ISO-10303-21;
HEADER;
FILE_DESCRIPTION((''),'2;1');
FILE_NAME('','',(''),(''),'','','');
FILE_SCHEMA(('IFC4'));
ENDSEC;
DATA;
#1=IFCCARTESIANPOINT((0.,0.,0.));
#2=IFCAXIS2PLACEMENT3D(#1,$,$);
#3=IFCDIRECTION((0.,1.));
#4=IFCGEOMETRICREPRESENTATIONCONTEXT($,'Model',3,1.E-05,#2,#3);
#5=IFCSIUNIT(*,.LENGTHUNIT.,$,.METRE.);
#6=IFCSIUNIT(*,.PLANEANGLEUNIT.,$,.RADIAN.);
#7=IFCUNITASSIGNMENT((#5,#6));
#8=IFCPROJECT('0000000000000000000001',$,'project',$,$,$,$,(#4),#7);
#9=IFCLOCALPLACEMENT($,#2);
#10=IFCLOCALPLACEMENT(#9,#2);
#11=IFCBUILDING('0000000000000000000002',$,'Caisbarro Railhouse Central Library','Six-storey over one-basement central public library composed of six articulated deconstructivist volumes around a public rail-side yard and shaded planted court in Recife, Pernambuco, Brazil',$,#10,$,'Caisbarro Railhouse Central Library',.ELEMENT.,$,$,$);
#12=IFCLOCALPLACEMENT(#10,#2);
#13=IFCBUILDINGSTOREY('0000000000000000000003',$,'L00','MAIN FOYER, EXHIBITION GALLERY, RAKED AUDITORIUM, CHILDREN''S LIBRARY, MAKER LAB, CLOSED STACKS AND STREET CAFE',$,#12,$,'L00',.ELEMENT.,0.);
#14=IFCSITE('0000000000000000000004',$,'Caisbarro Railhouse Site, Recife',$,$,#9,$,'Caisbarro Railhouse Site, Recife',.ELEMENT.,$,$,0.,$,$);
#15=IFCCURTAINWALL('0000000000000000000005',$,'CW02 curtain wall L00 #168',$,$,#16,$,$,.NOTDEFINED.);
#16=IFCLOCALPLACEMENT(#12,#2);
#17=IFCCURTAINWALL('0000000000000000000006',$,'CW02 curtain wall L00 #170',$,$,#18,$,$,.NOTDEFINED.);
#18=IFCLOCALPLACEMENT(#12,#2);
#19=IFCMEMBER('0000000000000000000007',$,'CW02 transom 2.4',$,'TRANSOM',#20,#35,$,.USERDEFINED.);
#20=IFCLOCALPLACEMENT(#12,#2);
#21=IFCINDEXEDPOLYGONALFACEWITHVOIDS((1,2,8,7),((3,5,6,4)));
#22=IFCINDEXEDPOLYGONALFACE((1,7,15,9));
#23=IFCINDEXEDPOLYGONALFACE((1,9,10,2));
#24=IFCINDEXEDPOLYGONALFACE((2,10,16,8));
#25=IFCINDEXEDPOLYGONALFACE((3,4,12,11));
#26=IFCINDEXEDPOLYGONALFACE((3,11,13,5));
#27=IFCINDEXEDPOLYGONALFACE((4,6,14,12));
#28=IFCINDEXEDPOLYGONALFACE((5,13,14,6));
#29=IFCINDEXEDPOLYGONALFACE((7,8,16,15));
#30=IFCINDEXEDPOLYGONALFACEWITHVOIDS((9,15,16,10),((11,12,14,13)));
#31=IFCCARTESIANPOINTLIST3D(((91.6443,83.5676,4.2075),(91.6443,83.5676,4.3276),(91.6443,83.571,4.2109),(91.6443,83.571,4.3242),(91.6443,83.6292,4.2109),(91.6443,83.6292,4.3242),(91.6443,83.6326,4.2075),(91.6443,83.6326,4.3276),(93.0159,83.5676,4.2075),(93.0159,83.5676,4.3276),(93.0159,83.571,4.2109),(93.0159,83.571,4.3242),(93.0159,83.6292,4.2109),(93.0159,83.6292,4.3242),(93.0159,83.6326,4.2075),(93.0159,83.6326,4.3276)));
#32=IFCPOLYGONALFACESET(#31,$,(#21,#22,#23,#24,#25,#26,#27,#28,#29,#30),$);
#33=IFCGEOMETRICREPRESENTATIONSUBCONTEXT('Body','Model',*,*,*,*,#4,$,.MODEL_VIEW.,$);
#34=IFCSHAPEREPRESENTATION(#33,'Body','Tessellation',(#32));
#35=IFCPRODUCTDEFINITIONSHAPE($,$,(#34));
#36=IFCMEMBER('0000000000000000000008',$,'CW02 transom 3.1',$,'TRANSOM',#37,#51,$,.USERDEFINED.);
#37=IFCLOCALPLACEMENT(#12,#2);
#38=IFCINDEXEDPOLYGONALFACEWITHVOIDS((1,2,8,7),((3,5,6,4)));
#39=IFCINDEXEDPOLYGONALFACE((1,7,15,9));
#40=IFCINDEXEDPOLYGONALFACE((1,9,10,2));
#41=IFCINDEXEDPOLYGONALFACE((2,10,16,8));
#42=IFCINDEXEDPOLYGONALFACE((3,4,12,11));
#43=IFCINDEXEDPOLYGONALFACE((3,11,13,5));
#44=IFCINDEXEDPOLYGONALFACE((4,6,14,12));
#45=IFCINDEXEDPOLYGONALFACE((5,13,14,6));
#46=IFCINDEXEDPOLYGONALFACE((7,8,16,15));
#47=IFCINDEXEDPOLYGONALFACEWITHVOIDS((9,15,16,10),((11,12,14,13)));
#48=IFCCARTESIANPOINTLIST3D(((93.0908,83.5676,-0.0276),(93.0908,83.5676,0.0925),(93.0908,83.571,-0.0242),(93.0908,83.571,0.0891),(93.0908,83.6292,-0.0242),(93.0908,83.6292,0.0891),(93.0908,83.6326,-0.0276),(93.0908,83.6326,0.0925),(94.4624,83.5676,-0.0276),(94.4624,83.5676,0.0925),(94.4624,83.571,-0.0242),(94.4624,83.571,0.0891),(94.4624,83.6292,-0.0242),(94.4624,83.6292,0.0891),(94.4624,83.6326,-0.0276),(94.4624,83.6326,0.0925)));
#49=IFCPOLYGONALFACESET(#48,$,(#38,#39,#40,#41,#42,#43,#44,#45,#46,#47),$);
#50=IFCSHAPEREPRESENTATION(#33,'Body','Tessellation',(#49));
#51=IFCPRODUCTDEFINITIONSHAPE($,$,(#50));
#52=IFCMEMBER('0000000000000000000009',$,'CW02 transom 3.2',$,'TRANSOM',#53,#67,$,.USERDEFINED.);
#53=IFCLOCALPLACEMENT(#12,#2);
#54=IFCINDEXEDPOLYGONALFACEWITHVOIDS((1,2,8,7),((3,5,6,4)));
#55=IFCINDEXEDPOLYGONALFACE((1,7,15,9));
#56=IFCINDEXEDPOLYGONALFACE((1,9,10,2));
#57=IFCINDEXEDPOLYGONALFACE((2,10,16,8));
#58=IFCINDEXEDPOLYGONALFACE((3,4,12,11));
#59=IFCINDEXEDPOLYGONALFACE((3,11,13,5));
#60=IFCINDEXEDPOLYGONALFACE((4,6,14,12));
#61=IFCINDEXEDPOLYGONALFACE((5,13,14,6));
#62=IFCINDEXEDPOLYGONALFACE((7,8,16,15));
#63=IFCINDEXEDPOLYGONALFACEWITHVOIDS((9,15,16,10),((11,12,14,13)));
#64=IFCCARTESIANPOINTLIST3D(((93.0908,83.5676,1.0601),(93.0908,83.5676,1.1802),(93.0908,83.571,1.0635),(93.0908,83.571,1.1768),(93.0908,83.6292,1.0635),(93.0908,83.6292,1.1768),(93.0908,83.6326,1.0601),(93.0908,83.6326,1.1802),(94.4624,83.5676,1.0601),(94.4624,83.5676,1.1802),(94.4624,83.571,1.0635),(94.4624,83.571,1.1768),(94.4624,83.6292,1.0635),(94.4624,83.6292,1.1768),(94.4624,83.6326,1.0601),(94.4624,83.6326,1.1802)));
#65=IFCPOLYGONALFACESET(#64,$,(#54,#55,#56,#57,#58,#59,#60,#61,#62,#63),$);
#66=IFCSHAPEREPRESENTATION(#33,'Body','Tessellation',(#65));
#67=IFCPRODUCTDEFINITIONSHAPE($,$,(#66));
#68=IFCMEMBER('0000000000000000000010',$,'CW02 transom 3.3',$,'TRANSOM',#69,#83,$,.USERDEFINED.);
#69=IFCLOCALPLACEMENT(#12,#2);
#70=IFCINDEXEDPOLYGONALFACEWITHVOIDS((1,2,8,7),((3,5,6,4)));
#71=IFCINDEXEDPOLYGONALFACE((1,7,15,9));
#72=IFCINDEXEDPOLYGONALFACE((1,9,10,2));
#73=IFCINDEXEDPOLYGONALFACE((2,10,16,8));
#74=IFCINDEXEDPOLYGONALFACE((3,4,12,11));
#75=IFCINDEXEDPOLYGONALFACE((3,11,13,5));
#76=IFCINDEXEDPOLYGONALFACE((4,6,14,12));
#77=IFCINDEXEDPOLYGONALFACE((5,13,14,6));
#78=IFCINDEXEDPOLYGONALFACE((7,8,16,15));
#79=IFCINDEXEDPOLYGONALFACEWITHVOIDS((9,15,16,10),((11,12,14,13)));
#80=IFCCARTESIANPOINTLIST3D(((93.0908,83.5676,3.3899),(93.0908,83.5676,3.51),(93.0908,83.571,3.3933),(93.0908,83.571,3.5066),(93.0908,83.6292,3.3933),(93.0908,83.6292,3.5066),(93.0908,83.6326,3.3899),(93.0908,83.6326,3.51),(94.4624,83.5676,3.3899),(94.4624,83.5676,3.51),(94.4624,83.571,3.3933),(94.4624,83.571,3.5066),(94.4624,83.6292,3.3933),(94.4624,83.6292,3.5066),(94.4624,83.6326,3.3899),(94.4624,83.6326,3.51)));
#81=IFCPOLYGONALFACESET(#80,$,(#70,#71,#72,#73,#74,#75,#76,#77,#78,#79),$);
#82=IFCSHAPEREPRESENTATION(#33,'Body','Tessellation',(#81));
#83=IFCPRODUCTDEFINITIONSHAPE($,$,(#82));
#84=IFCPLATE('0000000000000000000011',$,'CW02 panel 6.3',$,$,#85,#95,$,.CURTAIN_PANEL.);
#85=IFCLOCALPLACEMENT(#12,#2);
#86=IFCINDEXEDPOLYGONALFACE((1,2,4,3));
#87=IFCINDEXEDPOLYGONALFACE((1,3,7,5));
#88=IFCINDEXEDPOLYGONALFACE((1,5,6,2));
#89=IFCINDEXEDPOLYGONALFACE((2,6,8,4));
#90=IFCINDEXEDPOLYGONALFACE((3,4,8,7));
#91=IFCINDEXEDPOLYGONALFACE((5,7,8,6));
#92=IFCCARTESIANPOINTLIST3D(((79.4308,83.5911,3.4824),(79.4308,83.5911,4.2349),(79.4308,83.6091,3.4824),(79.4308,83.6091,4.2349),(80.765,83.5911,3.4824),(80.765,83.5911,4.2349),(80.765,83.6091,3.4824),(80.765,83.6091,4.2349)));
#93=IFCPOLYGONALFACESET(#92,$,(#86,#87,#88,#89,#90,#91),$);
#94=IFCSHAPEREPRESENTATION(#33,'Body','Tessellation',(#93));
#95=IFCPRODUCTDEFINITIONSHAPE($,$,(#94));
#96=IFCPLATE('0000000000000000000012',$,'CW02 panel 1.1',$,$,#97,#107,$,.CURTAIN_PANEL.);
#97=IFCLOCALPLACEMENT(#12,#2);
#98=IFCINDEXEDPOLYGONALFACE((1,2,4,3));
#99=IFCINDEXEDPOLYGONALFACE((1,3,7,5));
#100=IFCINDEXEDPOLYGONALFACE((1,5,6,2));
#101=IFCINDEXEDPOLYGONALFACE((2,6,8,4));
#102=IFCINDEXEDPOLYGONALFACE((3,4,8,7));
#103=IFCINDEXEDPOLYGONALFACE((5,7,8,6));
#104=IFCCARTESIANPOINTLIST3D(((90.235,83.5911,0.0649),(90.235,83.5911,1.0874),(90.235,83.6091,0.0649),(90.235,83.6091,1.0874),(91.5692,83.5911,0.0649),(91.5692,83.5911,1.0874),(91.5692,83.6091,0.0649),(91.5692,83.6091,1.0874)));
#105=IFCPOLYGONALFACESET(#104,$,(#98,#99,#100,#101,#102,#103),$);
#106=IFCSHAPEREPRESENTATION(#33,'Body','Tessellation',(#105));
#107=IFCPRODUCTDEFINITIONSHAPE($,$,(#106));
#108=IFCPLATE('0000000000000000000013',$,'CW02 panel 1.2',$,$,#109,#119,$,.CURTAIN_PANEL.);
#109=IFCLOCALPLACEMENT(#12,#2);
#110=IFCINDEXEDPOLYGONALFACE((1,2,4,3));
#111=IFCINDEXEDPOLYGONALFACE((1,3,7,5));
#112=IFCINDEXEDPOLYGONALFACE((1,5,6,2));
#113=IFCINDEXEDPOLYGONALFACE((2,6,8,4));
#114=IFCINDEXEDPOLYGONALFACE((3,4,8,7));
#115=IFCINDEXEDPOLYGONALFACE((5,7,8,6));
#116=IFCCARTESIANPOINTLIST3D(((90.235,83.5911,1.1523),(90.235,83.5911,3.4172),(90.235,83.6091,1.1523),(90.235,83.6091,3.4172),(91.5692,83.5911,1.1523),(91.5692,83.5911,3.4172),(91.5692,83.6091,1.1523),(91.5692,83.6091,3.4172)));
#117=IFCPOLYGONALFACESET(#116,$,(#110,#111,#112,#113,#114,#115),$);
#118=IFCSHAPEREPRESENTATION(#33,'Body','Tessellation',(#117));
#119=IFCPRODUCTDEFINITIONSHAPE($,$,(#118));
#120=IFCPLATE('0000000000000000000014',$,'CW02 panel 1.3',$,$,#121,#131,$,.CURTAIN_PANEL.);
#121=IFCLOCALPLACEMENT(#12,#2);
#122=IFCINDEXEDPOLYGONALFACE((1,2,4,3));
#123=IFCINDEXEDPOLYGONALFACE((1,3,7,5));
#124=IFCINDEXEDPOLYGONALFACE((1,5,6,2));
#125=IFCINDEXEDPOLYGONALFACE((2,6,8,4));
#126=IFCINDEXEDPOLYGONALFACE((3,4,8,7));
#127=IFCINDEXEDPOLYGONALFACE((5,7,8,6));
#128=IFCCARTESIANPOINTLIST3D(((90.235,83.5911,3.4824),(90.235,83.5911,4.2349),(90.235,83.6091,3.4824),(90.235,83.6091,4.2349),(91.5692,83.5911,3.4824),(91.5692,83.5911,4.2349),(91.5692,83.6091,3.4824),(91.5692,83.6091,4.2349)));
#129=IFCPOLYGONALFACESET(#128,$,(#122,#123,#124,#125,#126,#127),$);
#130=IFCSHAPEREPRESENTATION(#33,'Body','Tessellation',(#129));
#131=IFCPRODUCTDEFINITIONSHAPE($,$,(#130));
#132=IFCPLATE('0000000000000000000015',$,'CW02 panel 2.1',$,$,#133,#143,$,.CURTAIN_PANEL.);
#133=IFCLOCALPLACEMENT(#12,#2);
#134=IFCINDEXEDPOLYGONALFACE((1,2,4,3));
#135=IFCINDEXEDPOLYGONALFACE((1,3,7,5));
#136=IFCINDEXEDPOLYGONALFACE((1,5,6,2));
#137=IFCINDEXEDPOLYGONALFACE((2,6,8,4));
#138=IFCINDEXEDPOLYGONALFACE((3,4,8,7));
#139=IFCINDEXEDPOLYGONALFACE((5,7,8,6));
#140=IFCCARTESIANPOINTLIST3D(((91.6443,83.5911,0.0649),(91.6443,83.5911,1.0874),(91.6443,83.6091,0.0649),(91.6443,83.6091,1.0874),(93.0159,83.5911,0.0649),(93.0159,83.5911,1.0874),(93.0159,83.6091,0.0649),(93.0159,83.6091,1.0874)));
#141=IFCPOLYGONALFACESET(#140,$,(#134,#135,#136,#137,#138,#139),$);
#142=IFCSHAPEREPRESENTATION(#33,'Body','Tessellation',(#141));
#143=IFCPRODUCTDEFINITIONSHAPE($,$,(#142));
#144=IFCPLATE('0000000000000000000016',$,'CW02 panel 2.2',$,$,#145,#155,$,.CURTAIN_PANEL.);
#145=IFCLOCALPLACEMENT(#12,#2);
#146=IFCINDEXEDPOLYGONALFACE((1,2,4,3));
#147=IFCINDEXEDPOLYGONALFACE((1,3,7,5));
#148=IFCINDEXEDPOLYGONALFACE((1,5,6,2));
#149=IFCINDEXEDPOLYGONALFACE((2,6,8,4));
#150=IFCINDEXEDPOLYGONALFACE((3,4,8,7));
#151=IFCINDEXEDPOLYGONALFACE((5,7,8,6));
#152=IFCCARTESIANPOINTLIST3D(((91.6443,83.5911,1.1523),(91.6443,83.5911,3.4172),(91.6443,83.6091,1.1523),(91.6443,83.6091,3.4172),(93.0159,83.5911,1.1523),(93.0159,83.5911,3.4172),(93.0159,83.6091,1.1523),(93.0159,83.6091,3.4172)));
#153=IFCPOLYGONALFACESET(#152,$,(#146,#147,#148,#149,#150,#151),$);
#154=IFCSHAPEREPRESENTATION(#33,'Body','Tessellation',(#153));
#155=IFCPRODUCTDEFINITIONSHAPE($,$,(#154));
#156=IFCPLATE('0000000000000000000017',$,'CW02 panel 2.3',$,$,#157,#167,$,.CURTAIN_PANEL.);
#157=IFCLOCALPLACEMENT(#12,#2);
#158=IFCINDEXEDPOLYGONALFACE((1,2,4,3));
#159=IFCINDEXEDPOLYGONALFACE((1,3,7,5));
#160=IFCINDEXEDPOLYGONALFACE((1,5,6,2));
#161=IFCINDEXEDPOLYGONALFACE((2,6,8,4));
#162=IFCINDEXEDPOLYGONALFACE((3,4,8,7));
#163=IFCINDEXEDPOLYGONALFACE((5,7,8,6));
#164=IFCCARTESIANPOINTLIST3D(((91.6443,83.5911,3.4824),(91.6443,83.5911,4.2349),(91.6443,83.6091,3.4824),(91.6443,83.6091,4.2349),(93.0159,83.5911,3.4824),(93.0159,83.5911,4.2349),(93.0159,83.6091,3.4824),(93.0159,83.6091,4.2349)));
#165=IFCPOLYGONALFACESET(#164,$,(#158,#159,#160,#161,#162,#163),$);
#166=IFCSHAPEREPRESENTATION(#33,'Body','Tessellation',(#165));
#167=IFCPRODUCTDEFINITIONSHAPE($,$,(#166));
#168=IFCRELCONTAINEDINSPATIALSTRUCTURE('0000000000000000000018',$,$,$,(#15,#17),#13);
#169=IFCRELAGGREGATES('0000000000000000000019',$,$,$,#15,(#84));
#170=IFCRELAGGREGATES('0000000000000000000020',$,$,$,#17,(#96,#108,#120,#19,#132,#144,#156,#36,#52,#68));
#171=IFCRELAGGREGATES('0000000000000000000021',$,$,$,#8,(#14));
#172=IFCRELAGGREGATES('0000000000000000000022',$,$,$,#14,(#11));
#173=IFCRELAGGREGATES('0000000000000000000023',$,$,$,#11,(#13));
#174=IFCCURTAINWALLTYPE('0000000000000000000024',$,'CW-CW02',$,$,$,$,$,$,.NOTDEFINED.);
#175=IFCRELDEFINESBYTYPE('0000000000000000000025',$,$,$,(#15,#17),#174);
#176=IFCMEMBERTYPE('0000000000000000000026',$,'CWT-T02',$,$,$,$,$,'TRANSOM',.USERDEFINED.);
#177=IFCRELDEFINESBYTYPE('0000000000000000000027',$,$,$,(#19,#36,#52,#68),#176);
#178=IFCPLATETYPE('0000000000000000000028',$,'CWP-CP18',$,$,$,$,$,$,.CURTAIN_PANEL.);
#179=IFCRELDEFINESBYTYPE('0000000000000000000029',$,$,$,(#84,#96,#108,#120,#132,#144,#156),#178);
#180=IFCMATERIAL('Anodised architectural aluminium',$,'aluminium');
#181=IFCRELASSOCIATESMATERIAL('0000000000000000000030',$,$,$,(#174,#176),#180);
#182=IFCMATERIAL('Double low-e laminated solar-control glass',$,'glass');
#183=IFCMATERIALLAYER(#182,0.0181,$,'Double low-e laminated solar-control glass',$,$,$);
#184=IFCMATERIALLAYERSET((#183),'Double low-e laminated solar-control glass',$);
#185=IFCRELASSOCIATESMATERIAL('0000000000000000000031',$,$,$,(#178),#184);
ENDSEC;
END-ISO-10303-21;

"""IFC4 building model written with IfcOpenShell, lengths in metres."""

from ifc_helpers import new_model, si_unit, direction, frame, origin, origin_2d, place, context, subcontext, project, spatial, rectangle, hollow_rectangle, extrude, material, layer, layer_set, material_profile, profile_set, type_object, element, aggregate, save


model = new_model("IFC4")

# Units and contexts
model_context = context("Model", 3, precision=1e-05, world=origin(), true_north=direction((0.0, 1.0)))
body_context = subcontext(model_context, "Body", "Model", "MODEL_VIEW")
ifc_project = project(units=[si_unit("LENGTHUNIT", "METRE"), si_unit("PLANEANGLEUNIT", "RADIAN")], contexts=[model_context])

# Site, building, storey
site_placement = place(None, origin())
site = spatial("IfcSite", under=ifc_project, at=site_placement, Name="Caisbarro Railhouse Site, Recife", LongName="Caisbarro Railhouse Site, Recife", CompositionType="ELEMENT", RefElevation=0.0)
building_placement = place(site_placement, origin())
building = spatial("IfcBuilding", under=site, at=building_placement, Name="Caisbarro Railhouse Central Library", Description="Six-storey over one-basement central public library composed of six articulated deconstructivist volumes around a public rail-side yard and shaded planted court in Recife, Pernambuco, Brazil", LongName="Caisbarro Railhouse Central Library", CompositionType="ELEMENT")
storey_placement = place(building_placement, origin())
storey = spatial("IfcBuildingStorey", under=building, at=storey_placement, Name="L00", Description="MAIN FOYER, EXHIBITION GALLERY, RAKED AUDITORIUM, CHILDREN'S LIBRARY, MAKER LAB, CLOSED STACKS AND STREET CAFE", LongName="L00", CompositionType="ELEMENT", Elevation=0.0)

# Curtain wall
ifc_material_1 = material(Name="Anodised architectural aluminium", Category="aluminium")
curtain_wall_type = type_object("IfcCurtainWallType", Name="CW-CW02", PredefinedType="NOTDEFINED", material=ifc_material_1)
curtain_wall_1_placement = place(storey_placement, origin())
curtain_wall_1 = element("IfcCurtainWall", 1, at=curtain_wall_1_placement, inside=storey, type_object=curtain_wall_type, Name="CW02 curtain wall L00 #168", PredefinedType="NOTDEFINED")

# Curtain wall, members
curtain_wall_2_placement = place(storey_placement, origin())
curtain_wall_2 = element("IfcCurtainWall", 2, at=curtain_wall_2_placement, inside=storey, type_object=curtain_wall_type, Name="CW02 curtain wall L00 #170", PredefinedType="NOTDEFINED")
ifc_material_profile_1 = material_profile(ifc_material_1, hollow_rectangle(XDim=0.0649, YDim=0.1201, WallThickness=0.0034, at=origin_2d()), Name="ALU-TRN-65X120")
ifc_profile_set_1 = profile_set([ifc_material_profile_1], Name="Anodised architectural aluminium")
member_type_1 = type_object("IfcMemberType", Name="CWT-T02", ElementType="TRANSOM", PredefinedType="USERDEFINED", material=ifc_profile_set_1)
member_1_placement = place(storey_placement, frame((91.6443, 83.6001, 4.2676), z_axis=(1.0, 0.0, 0.0), x_axis=(0.0, 1.0, 0.0)))
member_1 = element("IfcMember", 3, at=member_1_placement, type_object=member_type_1, Name="CW02 transom 2.4", ObjectType="TRANSOM", PredefinedType="USERDEFINED", context=body_context, shape_type="SweptSolid", body=[
    extrude(hollow_rectangle(XDim=0.0649, YDim=0.1201, WallThickness=0.0034, at=origin_2d()), origin(), (0.0, 0.0, 1.0), 1.3716),
])
member_2_placement = place(storey_placement, frame((93.0908, 83.6001, 0.0325), z_axis=(1.0, 0.0, 0.0), x_axis=(0.0, 1.0, 0.0)))
member_2 = element("IfcMember", 4, at=member_2_placement, type_object=member_type_1, Name="CW02 transom 3.1", ObjectType="TRANSOM", PredefinedType="USERDEFINED", context=body_context, shape_type="SweptSolid", body=[
    extrude(hollow_rectangle(XDim=0.0649, YDim=0.1201, WallThickness=0.0034, at=origin_2d()), origin(), (0.0, 0.0, 1.0), 1.3716),
])
member_3_placement = place(storey_placement, frame((93.0908, 83.6001, 1.1201), z_axis=(1.0, 0.0, 0.0), x_axis=(0.0, 1.0, 0.0)))
member_3 = element("IfcMember", 5, at=member_3_placement, type_object=member_type_1, Name="CW02 transom 3.2", ObjectType="TRANSOM", PredefinedType="USERDEFINED", context=body_context, shape_type="SweptSolid", body=[
    extrude(hollow_rectangle(XDim=0.0649, YDim=0.1201, WallThickness=0.0034, at=origin_2d()), origin(), (0.0, 0.0, 1.0), 1.3716),
])
member_4_placement = place(storey_placement, frame((93.0908, 83.6001, 3.45), z_axis=(1.0, 0.0, 0.0), x_axis=(0.0, 1.0, 0.0)))
member_4 = element("IfcMember", 6, at=member_4_placement, type_object=member_type_1, Name="CW02 transom 3.3", ObjectType="TRANSOM", PredefinedType="USERDEFINED", context=body_context, shape_type="SweptSolid", body=[
    extrude(hollow_rectangle(XDim=0.0649, YDim=0.1201, WallThickness=0.0034, at=origin_2d()), origin(), (0.0, 0.0, 1.0), 1.3716),
])

# Plates
ifc_material_2 = material(Name="Double low-e laminated solar-control glass", Category="glass")
ifc_layer_1 = layer(ifc_material_2, 0.0181, Name="Double low-e laminated solar-control glass")
ifc_layer_set_1 = layer_set([ifc_layer_1], Name="Double low-e laminated solar-control glass")
plate_type = type_object("IfcPlateType", Name="CWP-CP18", PredefinedType="CURTAIN_PANEL", material=ifc_layer_set_1)
plate_1_placement = place(storey_placement, frame((80.0979, 83.6001, 3.4824), z_axis=(0.0, 0.0, 1.0), x_axis=(1.0, 0.0, 0.0)))
plate_1 = element("IfcPlate", 7, at=plate_1_placement, type_object=plate_type, Name="CW02 panel 6.3", PredefinedType="CURTAIN_PANEL", context=body_context, shape_type="SweptSolid", body=[
    extrude(rectangle(XDim=1.3342, YDim=0.0181, at=origin_2d()), origin(), (0.0, 0.0, 1.0), 0.7524),
])
aggregate(curtain_wall_1, [plate_1])
plate_2_placement = place(storey_placement, frame((90.9021, 83.6001, 0.0649), z_axis=(0.0, 0.0, 1.0), x_axis=(1.0, 0.0, 0.0)))
plate_2 = element("IfcPlate", 8, at=plate_2_placement, type_object=plate_type, Name="CW02 panel 1.1", PredefinedType="CURTAIN_PANEL", context=body_context, shape_type="SweptSolid", body=[
    extrude(rectangle(XDim=1.3342, YDim=0.0181, at=origin_2d()), origin(), (0.0, 0.0, 1.0), 1.0225),
])
plate_3_placement = place(storey_placement, frame((90.9021, 83.6001, 1.1523), z_axis=(0.0, 0.0, 1.0), x_axis=(1.0, 0.0, 0.0)))
plate_3 = element("IfcPlate", 9, at=plate_3_placement, type_object=plate_type, Name="CW02 panel 1.2", PredefinedType="CURTAIN_PANEL", context=body_context, shape_type="SweptSolid", body=[
    extrude(rectangle(XDim=1.3342, YDim=0.0181, at=origin_2d()), origin(), (0.0, 0.0, 1.0), 2.2649),
])
plate_4_placement = place(storey_placement, frame((90.9021, 83.6001, 3.4824), z_axis=(0.0, 0.0, 1.0), x_axis=(1.0, 0.0, 0.0)))
plate_4 = element("IfcPlate", 10, at=plate_4_placement, type_object=plate_type, Name="CW02 panel 1.3", PredefinedType="CURTAIN_PANEL", context=body_context, shape_type="SweptSolid", body=[
    extrude(rectangle(XDim=1.3342, YDim=0.0181, at=origin_2d()), origin(), (0.0, 0.0, 1.0), 0.7524),
])
plate_5_placement = place(storey_placement, frame((92.3301, 83.6001, 0.0649), z_axis=(0.0, 0.0, 1.0), x_axis=(1.0, 0.0, 0.0)))
plate_5 = element("IfcPlate", 11, at=plate_5_placement, type_object=plate_type, Name="CW02 panel 2.1", PredefinedType="CURTAIN_PANEL", context=body_context, shape_type="SweptSolid", body=[
    extrude(rectangle(XDim=1.3716, YDim=0.0181, at=origin_2d()), origin(), (0.0, 0.0, 1.0), 1.0225),
])
plate_6_placement = place(storey_placement, frame((92.3301, 83.6001, 1.1523), z_axis=(0.0, 0.0, 1.0), x_axis=(1.0, 0.0, 0.0)))
plate_6 = element("IfcPlate", 12, at=plate_6_placement, type_object=plate_type, Name="CW02 panel 2.2", PredefinedType="CURTAIN_PANEL", context=body_context, shape_type="SweptSolid", body=[
    extrude(rectangle(XDim=1.3716, YDim=0.0181, at=origin_2d()), origin(), (0.0, 0.0, 1.0), 2.2649),
])
plate_7_placement = place(storey_placement, frame((92.3301, 83.6001, 3.4824), z_axis=(0.0, 0.0, 1.0), x_axis=(1.0, 0.0, 0.0)))
plate_7 = element("IfcPlate", 13, at=plate_7_placement, type_object=plate_type, Name="CW02 panel 2.3", PredefinedType="CURTAIN_PANEL", context=body_context, shape_type="SweptSolid", body=[
    extrude(rectangle(XDim=1.3716, YDim=0.0181, at=origin_2d()), origin(), (0.0, 0.0, 1.0), 0.7524),
])
aggregate(curtain_wall_2, [plate_2, plate_3, plate_4, member_1, plate_5, plate_6, plate_7, member_2, member_3, member_4])

save(model, "model.ifc")
